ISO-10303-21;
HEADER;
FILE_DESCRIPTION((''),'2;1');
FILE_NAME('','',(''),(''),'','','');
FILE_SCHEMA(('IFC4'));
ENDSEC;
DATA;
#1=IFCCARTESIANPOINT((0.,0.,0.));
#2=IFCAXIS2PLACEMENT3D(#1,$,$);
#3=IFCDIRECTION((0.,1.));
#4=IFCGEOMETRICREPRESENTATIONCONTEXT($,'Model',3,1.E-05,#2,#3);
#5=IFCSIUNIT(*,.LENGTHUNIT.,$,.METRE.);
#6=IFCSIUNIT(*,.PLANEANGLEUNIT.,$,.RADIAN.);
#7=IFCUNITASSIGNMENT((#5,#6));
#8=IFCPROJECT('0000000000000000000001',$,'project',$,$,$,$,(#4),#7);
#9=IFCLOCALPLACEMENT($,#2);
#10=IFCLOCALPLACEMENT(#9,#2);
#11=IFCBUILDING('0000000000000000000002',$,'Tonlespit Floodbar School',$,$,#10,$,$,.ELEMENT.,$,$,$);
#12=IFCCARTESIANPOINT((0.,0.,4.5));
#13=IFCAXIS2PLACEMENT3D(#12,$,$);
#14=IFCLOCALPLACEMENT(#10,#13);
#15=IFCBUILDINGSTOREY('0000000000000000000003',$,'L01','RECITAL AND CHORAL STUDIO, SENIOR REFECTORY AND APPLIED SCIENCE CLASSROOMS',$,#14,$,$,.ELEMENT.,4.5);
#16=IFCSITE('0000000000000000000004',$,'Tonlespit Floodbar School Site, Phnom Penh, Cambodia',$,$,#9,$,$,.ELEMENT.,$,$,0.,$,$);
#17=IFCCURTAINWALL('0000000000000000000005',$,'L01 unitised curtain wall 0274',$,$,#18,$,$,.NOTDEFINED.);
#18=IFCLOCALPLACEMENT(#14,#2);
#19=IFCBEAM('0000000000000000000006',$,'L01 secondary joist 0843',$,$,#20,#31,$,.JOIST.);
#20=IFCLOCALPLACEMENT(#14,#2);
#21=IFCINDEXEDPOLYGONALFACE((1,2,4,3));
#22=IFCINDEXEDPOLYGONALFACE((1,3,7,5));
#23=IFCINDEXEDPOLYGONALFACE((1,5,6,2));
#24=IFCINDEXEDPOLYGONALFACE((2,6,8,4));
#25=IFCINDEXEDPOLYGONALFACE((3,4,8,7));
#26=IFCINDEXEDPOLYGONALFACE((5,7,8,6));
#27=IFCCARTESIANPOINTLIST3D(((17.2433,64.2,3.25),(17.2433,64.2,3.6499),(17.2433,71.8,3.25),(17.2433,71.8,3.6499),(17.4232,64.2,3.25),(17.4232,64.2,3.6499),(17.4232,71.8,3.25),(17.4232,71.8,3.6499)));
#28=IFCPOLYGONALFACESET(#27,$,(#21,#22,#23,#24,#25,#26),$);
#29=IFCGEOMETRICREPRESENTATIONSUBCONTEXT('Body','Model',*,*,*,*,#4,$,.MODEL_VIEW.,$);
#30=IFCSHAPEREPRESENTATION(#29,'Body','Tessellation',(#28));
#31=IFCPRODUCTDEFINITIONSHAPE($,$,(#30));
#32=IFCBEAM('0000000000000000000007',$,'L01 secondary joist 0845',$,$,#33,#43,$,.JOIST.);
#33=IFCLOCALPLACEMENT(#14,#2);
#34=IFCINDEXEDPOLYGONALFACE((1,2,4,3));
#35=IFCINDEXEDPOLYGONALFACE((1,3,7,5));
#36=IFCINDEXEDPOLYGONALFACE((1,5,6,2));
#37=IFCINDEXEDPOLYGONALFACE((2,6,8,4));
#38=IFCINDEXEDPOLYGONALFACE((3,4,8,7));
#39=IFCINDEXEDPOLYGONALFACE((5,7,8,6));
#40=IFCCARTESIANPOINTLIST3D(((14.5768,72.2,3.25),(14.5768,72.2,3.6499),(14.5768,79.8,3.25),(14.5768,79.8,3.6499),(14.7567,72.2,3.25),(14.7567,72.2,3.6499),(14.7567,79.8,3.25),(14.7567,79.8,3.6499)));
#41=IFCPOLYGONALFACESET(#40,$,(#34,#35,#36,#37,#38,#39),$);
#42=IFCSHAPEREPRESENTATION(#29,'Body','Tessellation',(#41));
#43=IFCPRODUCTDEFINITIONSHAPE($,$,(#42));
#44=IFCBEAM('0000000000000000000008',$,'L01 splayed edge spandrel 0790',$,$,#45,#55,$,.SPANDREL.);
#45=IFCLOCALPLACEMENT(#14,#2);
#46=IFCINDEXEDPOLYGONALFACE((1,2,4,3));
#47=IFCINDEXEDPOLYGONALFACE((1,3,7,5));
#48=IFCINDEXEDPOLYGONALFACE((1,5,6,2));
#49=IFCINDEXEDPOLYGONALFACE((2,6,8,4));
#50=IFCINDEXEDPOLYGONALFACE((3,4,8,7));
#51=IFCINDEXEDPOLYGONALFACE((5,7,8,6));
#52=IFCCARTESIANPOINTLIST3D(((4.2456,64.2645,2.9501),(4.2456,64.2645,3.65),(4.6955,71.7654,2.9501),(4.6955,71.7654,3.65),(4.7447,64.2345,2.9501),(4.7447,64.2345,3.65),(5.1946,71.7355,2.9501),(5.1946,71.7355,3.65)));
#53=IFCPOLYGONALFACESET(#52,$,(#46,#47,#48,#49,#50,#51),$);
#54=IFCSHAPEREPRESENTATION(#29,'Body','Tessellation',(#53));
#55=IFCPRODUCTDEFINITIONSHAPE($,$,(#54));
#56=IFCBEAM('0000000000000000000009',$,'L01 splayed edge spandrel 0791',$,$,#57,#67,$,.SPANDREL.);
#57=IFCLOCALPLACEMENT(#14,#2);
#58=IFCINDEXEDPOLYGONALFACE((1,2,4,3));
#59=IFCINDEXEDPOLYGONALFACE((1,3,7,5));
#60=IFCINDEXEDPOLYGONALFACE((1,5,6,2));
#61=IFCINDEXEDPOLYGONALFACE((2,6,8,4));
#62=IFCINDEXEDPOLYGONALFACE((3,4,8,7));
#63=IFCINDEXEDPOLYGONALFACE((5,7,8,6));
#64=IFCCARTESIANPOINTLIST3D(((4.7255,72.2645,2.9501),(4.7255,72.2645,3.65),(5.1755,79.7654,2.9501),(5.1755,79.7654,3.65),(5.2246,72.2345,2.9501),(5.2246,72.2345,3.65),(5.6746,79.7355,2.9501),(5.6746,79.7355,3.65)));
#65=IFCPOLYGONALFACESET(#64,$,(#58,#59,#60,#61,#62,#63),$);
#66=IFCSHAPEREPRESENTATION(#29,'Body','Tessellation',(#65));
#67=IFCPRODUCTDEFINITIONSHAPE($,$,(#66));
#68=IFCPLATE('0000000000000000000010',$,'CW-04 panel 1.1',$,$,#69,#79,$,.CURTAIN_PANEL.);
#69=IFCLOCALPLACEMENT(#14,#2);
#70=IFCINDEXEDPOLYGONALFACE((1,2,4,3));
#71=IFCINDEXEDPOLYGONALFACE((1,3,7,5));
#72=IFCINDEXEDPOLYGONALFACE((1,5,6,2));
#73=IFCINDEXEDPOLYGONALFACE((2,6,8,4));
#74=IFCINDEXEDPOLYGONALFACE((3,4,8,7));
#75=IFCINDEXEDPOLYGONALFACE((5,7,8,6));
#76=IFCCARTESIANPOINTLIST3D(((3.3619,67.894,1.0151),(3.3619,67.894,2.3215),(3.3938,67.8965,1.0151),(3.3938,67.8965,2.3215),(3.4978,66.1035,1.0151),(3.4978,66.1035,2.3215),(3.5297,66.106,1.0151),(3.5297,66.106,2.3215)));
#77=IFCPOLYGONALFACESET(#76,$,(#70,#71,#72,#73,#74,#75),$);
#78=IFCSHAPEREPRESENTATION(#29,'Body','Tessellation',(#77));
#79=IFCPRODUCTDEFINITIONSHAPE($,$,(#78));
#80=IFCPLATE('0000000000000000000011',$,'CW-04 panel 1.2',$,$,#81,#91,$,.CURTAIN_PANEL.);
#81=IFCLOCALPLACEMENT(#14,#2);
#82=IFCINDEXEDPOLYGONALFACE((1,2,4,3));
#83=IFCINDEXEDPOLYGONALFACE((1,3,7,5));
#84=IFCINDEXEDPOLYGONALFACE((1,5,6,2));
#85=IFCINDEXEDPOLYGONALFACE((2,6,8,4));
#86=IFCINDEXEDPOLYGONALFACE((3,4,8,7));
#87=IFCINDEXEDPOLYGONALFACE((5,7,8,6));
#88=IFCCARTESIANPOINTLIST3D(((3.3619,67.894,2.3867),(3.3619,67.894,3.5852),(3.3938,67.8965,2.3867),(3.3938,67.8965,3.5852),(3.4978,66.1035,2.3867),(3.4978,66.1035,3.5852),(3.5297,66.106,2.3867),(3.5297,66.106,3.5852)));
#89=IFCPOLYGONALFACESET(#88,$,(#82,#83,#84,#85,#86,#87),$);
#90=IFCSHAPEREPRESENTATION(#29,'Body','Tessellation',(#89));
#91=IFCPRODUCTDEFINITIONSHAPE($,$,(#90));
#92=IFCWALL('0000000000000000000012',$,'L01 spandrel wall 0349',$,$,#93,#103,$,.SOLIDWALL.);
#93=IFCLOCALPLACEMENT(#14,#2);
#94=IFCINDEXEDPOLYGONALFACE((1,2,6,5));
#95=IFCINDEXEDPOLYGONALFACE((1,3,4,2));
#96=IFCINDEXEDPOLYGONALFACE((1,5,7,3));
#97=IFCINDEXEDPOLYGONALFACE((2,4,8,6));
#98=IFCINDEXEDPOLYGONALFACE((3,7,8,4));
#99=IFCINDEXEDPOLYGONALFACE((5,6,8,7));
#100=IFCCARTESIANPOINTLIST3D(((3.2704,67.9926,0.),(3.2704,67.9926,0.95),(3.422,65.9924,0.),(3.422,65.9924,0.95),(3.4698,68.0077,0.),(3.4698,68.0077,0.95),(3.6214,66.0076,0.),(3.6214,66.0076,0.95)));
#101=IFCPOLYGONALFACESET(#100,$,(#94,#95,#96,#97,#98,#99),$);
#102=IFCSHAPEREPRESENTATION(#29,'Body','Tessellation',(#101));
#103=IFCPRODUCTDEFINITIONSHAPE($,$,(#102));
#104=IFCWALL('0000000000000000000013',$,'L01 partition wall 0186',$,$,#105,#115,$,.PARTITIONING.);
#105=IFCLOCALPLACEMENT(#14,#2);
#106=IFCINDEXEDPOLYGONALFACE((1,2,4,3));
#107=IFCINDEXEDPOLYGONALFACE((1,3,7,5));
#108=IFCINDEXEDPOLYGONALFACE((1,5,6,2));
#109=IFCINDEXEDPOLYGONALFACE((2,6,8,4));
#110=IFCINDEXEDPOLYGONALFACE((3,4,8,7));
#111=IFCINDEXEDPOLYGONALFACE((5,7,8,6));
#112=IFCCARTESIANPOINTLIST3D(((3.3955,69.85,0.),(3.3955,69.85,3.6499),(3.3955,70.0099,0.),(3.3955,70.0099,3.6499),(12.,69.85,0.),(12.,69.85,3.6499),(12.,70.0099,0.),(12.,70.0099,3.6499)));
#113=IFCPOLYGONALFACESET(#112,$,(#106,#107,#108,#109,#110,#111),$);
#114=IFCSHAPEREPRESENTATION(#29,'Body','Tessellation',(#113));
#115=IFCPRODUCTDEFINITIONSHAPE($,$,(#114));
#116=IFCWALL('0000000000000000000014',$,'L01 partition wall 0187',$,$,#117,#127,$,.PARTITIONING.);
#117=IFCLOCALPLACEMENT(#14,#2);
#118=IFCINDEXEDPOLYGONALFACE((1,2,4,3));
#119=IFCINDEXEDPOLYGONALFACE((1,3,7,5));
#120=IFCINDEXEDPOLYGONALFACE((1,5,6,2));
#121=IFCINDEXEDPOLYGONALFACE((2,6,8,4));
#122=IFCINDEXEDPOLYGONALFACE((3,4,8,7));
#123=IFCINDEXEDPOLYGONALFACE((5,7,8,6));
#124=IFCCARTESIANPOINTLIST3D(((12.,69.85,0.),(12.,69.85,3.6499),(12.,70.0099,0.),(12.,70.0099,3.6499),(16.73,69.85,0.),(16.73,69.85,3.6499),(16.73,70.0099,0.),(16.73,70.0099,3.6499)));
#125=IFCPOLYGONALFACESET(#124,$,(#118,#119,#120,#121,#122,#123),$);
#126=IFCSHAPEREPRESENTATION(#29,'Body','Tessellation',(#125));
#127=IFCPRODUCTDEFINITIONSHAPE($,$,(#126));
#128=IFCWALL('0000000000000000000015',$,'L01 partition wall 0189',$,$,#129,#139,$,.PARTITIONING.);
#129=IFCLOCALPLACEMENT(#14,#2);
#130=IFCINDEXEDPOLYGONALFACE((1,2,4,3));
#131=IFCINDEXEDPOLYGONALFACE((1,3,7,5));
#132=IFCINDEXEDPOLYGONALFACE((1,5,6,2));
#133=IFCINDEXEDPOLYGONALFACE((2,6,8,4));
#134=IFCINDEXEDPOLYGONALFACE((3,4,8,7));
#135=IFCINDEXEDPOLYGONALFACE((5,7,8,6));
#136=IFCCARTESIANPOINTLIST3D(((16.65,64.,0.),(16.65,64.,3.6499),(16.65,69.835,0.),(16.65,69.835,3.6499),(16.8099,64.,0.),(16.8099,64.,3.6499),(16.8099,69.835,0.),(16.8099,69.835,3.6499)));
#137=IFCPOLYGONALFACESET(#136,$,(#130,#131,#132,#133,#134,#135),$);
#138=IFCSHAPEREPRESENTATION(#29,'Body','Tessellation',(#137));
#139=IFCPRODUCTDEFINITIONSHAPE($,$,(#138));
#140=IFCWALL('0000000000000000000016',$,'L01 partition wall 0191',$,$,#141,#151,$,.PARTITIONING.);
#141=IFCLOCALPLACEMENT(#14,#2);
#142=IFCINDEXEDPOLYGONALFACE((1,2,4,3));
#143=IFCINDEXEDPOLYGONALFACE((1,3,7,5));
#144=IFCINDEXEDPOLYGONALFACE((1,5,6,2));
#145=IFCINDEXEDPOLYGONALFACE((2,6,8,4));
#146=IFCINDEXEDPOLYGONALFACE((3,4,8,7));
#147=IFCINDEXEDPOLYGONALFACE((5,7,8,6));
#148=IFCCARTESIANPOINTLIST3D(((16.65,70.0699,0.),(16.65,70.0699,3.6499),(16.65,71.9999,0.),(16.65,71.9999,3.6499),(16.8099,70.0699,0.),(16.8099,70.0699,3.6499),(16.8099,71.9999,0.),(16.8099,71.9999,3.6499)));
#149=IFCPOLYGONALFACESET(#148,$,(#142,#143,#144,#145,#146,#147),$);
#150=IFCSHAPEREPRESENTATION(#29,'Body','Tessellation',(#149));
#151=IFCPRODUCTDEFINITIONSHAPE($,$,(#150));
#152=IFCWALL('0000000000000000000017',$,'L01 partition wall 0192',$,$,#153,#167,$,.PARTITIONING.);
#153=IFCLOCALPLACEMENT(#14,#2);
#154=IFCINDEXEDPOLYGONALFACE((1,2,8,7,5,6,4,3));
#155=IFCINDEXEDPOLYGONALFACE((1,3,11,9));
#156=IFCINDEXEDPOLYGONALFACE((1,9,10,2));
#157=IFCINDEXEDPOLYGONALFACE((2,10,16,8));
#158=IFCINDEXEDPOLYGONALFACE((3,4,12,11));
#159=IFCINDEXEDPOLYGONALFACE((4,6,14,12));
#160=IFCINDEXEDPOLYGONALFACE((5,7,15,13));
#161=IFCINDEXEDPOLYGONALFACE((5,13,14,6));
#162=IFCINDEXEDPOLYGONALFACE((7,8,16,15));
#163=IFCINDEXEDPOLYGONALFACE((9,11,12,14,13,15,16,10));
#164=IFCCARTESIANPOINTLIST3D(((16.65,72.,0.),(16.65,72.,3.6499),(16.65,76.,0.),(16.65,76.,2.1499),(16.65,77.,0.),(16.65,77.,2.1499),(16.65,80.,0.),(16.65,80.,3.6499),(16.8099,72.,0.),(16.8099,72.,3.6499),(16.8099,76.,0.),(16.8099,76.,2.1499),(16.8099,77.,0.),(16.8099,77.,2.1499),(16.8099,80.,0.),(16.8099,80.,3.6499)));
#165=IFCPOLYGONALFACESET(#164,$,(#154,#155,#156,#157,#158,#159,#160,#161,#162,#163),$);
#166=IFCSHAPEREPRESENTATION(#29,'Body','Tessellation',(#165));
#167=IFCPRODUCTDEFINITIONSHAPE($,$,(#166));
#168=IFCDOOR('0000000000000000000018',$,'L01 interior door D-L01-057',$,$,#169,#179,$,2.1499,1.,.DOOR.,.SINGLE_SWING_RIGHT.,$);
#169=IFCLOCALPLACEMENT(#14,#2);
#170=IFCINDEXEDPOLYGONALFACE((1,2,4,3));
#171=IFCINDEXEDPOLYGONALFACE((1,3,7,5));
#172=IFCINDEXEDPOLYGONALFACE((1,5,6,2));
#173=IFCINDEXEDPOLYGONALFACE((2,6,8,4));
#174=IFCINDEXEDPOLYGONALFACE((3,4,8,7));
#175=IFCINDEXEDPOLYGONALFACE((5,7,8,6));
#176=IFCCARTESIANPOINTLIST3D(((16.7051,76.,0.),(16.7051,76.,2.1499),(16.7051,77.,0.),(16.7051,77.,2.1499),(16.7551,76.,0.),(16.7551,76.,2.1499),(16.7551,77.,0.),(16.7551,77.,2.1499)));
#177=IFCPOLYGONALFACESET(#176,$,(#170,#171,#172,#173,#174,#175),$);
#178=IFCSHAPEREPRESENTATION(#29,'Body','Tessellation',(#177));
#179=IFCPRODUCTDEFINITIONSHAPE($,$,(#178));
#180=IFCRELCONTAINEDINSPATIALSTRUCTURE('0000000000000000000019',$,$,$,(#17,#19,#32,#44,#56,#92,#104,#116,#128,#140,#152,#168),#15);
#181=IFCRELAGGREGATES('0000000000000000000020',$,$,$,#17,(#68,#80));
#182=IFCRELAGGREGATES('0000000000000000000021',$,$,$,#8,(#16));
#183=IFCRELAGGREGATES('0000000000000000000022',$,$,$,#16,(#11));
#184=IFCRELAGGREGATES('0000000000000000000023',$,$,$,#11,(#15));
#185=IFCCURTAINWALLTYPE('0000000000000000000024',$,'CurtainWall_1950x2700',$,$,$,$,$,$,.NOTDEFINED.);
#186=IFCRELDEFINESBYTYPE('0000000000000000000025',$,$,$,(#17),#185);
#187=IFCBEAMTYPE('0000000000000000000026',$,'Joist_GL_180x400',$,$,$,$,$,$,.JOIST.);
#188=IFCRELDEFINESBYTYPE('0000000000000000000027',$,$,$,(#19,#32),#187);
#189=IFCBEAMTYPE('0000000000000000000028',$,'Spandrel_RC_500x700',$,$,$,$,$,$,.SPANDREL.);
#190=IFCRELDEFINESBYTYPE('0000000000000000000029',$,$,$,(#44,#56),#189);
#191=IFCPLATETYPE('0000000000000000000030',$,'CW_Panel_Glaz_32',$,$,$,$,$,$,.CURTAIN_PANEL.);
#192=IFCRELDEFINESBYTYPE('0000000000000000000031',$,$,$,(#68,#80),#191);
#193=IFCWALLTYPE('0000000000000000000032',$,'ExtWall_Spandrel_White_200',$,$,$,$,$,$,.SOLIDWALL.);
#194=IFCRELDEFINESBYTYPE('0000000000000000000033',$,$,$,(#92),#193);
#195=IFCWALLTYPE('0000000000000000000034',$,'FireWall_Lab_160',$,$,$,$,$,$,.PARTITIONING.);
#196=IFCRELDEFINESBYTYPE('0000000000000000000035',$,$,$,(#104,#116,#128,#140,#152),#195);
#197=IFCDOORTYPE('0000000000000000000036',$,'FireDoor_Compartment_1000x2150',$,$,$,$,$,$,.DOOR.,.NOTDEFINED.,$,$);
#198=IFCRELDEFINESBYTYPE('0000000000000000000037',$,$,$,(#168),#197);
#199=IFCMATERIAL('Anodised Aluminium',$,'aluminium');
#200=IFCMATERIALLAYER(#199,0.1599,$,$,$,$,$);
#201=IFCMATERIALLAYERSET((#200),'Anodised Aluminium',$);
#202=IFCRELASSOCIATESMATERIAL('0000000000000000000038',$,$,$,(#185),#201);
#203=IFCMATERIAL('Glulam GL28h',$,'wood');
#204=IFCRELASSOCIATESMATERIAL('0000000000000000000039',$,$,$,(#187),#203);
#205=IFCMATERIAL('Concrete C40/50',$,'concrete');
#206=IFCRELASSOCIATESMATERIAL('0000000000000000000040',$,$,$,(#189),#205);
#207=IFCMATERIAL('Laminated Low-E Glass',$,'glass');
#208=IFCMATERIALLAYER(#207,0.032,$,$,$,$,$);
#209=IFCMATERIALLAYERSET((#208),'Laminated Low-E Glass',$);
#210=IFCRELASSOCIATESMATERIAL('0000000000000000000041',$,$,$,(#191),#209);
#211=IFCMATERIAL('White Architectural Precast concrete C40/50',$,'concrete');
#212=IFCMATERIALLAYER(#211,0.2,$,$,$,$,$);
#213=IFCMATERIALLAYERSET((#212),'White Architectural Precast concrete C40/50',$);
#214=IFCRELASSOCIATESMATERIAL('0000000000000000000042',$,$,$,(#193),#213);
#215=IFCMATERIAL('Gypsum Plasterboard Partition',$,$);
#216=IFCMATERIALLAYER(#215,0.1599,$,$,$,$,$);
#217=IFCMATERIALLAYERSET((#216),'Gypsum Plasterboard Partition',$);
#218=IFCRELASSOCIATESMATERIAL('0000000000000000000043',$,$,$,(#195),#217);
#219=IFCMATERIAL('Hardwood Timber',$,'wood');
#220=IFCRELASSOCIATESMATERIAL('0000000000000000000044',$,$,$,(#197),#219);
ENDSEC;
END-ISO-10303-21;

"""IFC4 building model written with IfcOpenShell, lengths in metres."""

from ifc_helpers import new_model, si_unit, direction, frame, frame_2d, origin, origin_2d, place, context, subcontext, project, spatial, rectangle, extrude, material, layer, layer_set, material_profile, profile_set, type_object, element, fill, aggregate, save


model = new_model("IFC4")

# Units and contexts
model_context = context("Model", 3, precision=1e-05, world=origin(), true_north=direction((0.0, 1.0)))
body_context = subcontext(model_context, "Body", "Model", "MODEL_VIEW")
ifc_project = project(units=[si_unit("LENGTHUNIT", "METRE"), si_unit("PLANEANGLEUNIT", "RADIAN")], contexts=[model_context])

# Site, building, storey
site_placement = place(None, origin())
site = spatial("IfcSite", under=ifc_project, at=site_placement, Name="Tonlespit Floodbar School Site, Phnom Penh, Cambodia", CompositionType="ELEMENT", RefElevation=0.0)
building_placement = place(site_placement, origin())
building = spatial("IfcBuilding", under=site, at=building_placement, Name="Tonlespit Floodbar School", CompositionType="ELEMENT")
storey_placement = place(building_placement, frame((0.0, 0.0, 4.5)))
storey = spatial("IfcBuildingStorey", under=building, at=storey_placement, Name="L01", Description="RECITAL AND CHORAL STUDIO, SENIOR REFECTORY AND APPLIED SCIENCE CLASSROOMS", CompositionType="ELEMENT", Elevation=4.5)

# Shared definitions
ifc_material_1 = material(Name="Concrete C40/50", Category="concrete")

# Curtain wall
ifc_material_2 = material(Name="Anodised Aluminium", Category="aluminium")
ifc_layer_1 = layer(ifc_material_2, 0.1599)
ifc_layer_set_1 = layer_set([ifc_layer_1], Name="Anodised Aluminium")
curtain_wall_type = type_object("IfcCurtainWallType", Name="CurtainWall_1950x2700", PredefinedType="NOTDEFINED", material=ifc_layer_set_1)
curtain_wall_placement = place(storey_placement, origin())
curtain_wall = element("IfcCurtainWall", 1, at=curtain_wall_placement, inside=storey, type_object=curtain_wall_type, Name="L01 unitised curtain wall 0274", PredefinedType="NOTDEFINED")

# Beams
ifc_material_3 = material(Name="Glulam GL28h", Category="wood")
ifc_material_profile_1 = material_profile(ifc_material_3, rectangle(XDim=0.1799, YDim=0.3999, at=origin_2d()), Name="GL 180x400")
ifc_profile_set_1 = profile_set([ifc_material_profile_1], Name="Glulam GL28h")
beam_type_1 = type_object("IfcBeamType", Name="Joist_GL_180x400", PredefinedType="JOIST", material=ifc_profile_set_1)
for number, where, z_axis, x_axis, name in (
    (2, (17.3333, 64.2, 3.45), (0.0, 1.0, 0.0), (-1.0, 0.0, 0.0), "L01 secondary joist 0843"),
    (3, (14.6667, 72.2, 3.45), (0.0, 1.0, 0.0), (-1.0, 0.0, 0.0), "L01 secondary joist 0845"),
):
    element("IfcBeam", number, at=place(storey_placement, frame(where, z_axis=z_axis, x_axis=x_axis)), inside=storey, type_object=beam_type_1, Name=name, PredefinedType="JOIST", context=body_context, shape_type="SweptSolid", body=[
        extrude(rectangle(XDim=0.1799, YDim=0.3999, at=origin_2d()), origin(), (0.0, 0.0, 1.0), 7.6001),
    ])
ifc_material_profile_2 = material_profile(ifc_material_1, rectangle(XDim=0.5, YDim=0.7, at=origin_2d()), Name="RC 500x700")
ifc_profile_set_2 = profile_set([ifc_material_profile_2], Name="Concrete C40/50")
beam_type_2 = type_object("IfcBeamType", Name="Spandrel_RC_500x700", PredefinedType="SPANDREL", material=ifc_profile_set_2)
for number, where, z_axis, x_axis, name in (
    (4, (4.4951, 64.2495, 3.3), (0.059878, 0.998206, 0.0), (-0.998206, 0.059878, 0.0), "L01 splayed edge spandrel 0790"),
    (5, (4.9751, 72.2495, 3.3), (0.059878, 0.998206, 0.0), (-0.998206, 0.059878, 0.0), "L01 splayed edge spandrel 0791"),
):
    element("IfcBeam", number, at=place(storey_placement, frame(where, z_axis=z_axis, x_axis=x_axis)), inside=storey, type_object=beam_type_2, Name=name, PredefinedType="SPANDREL", context=body_context, shape_type="SweptSolid", body=[
        extrude(rectangle(XDim=0.5, YDim=0.7, at=origin_2d()), origin(), (0.0, 0.0, 1.0), 7.5144),
    ])

# Plates
ifc_material_4 = material(Name="Laminated Low-E Glass", Category="glass")
ifc_layer_2 = layer(ifc_material_4, 0.032)
ifc_layer_set_2 = layer_set([ifc_layer_2], Name="Laminated Low-E Glass")
plate_type = type_object("IfcPlateType", Name="CW_Panel_Glaz_32", PredefinedType="CURTAIN_PANEL", material=ifc_layer_set_2)
plate_1_placement = place(storey_placement, frame((3.4458, 67.0, 1.0151), z_axis=(0.0, 0.0, 1.0), x_axis=(-0.075712, 0.99713, 0.0)))
plate_1 = element("IfcPlate", 6, at=plate_1_placement, type_object=plate_type, Name="CW-04 panel 1.1", PredefinedType="CURTAIN_PANEL", context=body_context, shape_type="SweptSolid", body=[
    extrude(rectangle(XDim=1.7957, YDim=0.032, at=origin_2d()), origin(), (0.0, 0.0, 1.0), 1.3064),
])
plate_2_placement = place(storey_placement, frame((3.4458, 67.0, 2.3867), z_axis=(0.0, 0.0, 1.0), x_axis=(-0.075712, 0.99713, 0.0)))
plate_2 = element("IfcPlate", 7, at=plate_2_placement, type_object=plate_type, Name="CW-04 panel 1.2", PredefinedType="CURTAIN_PANEL", context=body_context, shape_type="SweptSolid", body=[
    extrude(rectangle(XDim=1.7957, YDim=0.032, at=origin_2d()), origin(), (0.0, 0.0, 1.0), 1.1985),
])
aggregate(curtain_wall, [plate_1, plate_2])

# Walls
ifc_material_5 = material(Name="White Architectural Precast concrete C40/50", Category="concrete")
ifc_layer_3 = layer(ifc_material_5, 0.2)
ifc_layer_set_3 = layer_set([ifc_layer_3], Name="White Architectural Precast concrete C40/50")
wall_type_1 = type_object("IfcWallType", Name="ExtWall_Spandrel_White_200", PredefinedType="SOLIDWALL", material=ifc_layer_set_3)
wall_1_placement = place(storey_placement, frame((3.5217, 66.0, 0.0), z_axis=(0.0, 0.0, 1.0), x_axis=(-0.075589, 0.997139, 0.0)))
element("IfcWall", 8, at=wall_1_placement, inside=storey, type_object=wall_type_1, Name="L01 spandrel wall 0349", PredefinedType="SOLIDWALL", context=body_context, shape_type="SweptSolid", body=[
    extrude(rectangle(XDim=2.0059, YDim=0.2, at=frame_2d((1.0029, 0.0))), origin(), (0.0, 0.0, 1.0), 0.95),
])
ifc_material_6 = material(Name="Gypsum Plasterboard Partition")
ifc_layer_4 = layer(ifc_material_6, 0.1599)
ifc_layer_set_4 = layer_set([ifc_layer_4], Name="Gypsum Plasterboard Partition")
wall_type_2 = type_object("IfcWallType", Name="FireWall_Lab_160", PredefinedType="PARTITIONING", material=ifc_layer_set_4)
wall_2_placement = place(storey_placement, frame((3.3955, 69.9299, 0.0), z_axis=(0.0, 0.0, 1.0), x_axis=(1.0, 0.0, 0.0)))
element("IfcWall", 9, at=wall_2_placement, inside=storey, type_object=wall_type_2, Name="L01 partition wall 0186", PredefinedType="PARTITIONING", context=body_context, shape_type="SweptSolid", body=[
    extrude(rectangle(XDim=8.6045, YDim=0.1599, at=frame_2d((4.3022, 0.0))), origin(), (0.0, 0.0, 1.0), 3.6499),
])
wall_3_placement = place(storey_placement, frame((12.0, 69.9299, 0.0), z_axis=(0.0, 0.0, 1.0), x_axis=(1.0, 0.0, 0.0)))
element("IfcWall", 10, at=wall_3_placement, inside=storey, type_object=wall_type_2, Name="L01 partition wall 0187", PredefinedType="PARTITIONING", context=body_context, shape_type="SweptSolid", body=[
    extrude(rectangle(XDim=4.73, YDim=0.1599, at=frame_2d((2.365, 0.0))), origin(), (0.0, 0.0, 1.0), 3.6499),
])
wall_4_placement = place(storey_placement, frame((16.73, 64.0, 0.0), z_axis=(0.0, 0.0, 1.0), x_axis=(0.0, 1.0, 0.0)))
element("IfcWall", 11, at=wall_4_placement, inside=storey, type_object=wall_type_2, Name="L01 partition wall 0189", PredefinedType="PARTITIONING", context=body_context, shape_type="SweptSolid", body=[
    extrude(rectangle(XDim=5.835, YDim=0.1599, at=frame_2d((2.9175, 0.0))), origin(), (0.0, 0.0, 1.0), 3.6499),
])
wall_5_placement = place(storey_placement, frame((16.73, 70.0701, 0.0), z_axis=(0.0, 0.0, 1.0), x_axis=(0.0, 1.0, 0.0)))
element("IfcWall", 12, at=wall_5_placement, inside=storey, type_object=wall_type_2, Name="L01 partition wall 0191", PredefinedType="PARTITIONING", context=body_context, shape_type="SweptSolid", body=[
    extrude(rectangle(XDim=1.9299, YDim=0.1599, at=frame_2d((0.9648, 0.0))), origin(), (0.0, 0.0, 1.0), 3.6499),
])

# Wall, opening, door
wall_6_placement = place(storey_placement, frame((16.73, 72.0, 0.0), z_axis=(0.0, 0.0, 1.0), x_axis=(0.0, 1.0, 0.0)))
wall_6 = element("IfcWall", 13, at=wall_6_placement, inside=storey, type_object=wall_type_2, Name="L01 partition wall 0192", PredefinedType="PARTITIONING", context=body_context, shape_type="SweptSolid", body=[
    extrude(rectangle(XDim=8.0, YDim=0.1599, at=frame_2d((4.0, 0.0))), origin(), (0.0, 0.0, 1.0), 3.6499),
])
opening_placement = place(wall_6_placement, frame((4.0, 0.0, 0.0)))
opening = element("IfcOpeningElement", 14, at=opening_placement, cuts=wall_6, PredefinedType="OPENING", context=body_context, shape_type="SweptSolid", body=[
    extrude(rectangle(XDim=1.0, YDim=2.1499, at=frame_2d((0.5, 1.075))), frame((0.0, 0.0898, 0.0), z_axis=(0.0, -1.0, 0.0), x_axis=(1.0, 0.0, 0.0)), (0.0, 0.0, 1.0), 0.1799),
])
ifc_material_7 = material(Name="Hardwood Timber", Category="wood")
door_type = type_object("IfcDoorType", Name="FireDoor_Compartment_1000x2150", OperationType="NOTDEFINED", PredefinedType="DOOR", material=ifc_material_7)
door_placement = place(opening_placement, origin())
door = element("IfcDoor", 15, at=door_placement, inside=storey, type_object=door_type, Name="L01 interior door D-L01-057", OperationType="SINGLE_SWING_RIGHT", OverallHeight=2.1499, OverallWidth=1.0, PredefinedType="DOOR", context=body_context, shape_type="SweptSolid", body=[
    extrude(rectangle(XDim=1.0, YDim=2.1499, at=frame_2d((0.5, 1.075))), frame((0.0, 0.0249, 0.0), z_axis=(0.0, -1.0, 0.0), x_axis=(1.0, 0.0, 0.0)), (0.0, 0.0, 1.0), 0.05),
])
fill(opening, door)

save(model, "model.ifc")
